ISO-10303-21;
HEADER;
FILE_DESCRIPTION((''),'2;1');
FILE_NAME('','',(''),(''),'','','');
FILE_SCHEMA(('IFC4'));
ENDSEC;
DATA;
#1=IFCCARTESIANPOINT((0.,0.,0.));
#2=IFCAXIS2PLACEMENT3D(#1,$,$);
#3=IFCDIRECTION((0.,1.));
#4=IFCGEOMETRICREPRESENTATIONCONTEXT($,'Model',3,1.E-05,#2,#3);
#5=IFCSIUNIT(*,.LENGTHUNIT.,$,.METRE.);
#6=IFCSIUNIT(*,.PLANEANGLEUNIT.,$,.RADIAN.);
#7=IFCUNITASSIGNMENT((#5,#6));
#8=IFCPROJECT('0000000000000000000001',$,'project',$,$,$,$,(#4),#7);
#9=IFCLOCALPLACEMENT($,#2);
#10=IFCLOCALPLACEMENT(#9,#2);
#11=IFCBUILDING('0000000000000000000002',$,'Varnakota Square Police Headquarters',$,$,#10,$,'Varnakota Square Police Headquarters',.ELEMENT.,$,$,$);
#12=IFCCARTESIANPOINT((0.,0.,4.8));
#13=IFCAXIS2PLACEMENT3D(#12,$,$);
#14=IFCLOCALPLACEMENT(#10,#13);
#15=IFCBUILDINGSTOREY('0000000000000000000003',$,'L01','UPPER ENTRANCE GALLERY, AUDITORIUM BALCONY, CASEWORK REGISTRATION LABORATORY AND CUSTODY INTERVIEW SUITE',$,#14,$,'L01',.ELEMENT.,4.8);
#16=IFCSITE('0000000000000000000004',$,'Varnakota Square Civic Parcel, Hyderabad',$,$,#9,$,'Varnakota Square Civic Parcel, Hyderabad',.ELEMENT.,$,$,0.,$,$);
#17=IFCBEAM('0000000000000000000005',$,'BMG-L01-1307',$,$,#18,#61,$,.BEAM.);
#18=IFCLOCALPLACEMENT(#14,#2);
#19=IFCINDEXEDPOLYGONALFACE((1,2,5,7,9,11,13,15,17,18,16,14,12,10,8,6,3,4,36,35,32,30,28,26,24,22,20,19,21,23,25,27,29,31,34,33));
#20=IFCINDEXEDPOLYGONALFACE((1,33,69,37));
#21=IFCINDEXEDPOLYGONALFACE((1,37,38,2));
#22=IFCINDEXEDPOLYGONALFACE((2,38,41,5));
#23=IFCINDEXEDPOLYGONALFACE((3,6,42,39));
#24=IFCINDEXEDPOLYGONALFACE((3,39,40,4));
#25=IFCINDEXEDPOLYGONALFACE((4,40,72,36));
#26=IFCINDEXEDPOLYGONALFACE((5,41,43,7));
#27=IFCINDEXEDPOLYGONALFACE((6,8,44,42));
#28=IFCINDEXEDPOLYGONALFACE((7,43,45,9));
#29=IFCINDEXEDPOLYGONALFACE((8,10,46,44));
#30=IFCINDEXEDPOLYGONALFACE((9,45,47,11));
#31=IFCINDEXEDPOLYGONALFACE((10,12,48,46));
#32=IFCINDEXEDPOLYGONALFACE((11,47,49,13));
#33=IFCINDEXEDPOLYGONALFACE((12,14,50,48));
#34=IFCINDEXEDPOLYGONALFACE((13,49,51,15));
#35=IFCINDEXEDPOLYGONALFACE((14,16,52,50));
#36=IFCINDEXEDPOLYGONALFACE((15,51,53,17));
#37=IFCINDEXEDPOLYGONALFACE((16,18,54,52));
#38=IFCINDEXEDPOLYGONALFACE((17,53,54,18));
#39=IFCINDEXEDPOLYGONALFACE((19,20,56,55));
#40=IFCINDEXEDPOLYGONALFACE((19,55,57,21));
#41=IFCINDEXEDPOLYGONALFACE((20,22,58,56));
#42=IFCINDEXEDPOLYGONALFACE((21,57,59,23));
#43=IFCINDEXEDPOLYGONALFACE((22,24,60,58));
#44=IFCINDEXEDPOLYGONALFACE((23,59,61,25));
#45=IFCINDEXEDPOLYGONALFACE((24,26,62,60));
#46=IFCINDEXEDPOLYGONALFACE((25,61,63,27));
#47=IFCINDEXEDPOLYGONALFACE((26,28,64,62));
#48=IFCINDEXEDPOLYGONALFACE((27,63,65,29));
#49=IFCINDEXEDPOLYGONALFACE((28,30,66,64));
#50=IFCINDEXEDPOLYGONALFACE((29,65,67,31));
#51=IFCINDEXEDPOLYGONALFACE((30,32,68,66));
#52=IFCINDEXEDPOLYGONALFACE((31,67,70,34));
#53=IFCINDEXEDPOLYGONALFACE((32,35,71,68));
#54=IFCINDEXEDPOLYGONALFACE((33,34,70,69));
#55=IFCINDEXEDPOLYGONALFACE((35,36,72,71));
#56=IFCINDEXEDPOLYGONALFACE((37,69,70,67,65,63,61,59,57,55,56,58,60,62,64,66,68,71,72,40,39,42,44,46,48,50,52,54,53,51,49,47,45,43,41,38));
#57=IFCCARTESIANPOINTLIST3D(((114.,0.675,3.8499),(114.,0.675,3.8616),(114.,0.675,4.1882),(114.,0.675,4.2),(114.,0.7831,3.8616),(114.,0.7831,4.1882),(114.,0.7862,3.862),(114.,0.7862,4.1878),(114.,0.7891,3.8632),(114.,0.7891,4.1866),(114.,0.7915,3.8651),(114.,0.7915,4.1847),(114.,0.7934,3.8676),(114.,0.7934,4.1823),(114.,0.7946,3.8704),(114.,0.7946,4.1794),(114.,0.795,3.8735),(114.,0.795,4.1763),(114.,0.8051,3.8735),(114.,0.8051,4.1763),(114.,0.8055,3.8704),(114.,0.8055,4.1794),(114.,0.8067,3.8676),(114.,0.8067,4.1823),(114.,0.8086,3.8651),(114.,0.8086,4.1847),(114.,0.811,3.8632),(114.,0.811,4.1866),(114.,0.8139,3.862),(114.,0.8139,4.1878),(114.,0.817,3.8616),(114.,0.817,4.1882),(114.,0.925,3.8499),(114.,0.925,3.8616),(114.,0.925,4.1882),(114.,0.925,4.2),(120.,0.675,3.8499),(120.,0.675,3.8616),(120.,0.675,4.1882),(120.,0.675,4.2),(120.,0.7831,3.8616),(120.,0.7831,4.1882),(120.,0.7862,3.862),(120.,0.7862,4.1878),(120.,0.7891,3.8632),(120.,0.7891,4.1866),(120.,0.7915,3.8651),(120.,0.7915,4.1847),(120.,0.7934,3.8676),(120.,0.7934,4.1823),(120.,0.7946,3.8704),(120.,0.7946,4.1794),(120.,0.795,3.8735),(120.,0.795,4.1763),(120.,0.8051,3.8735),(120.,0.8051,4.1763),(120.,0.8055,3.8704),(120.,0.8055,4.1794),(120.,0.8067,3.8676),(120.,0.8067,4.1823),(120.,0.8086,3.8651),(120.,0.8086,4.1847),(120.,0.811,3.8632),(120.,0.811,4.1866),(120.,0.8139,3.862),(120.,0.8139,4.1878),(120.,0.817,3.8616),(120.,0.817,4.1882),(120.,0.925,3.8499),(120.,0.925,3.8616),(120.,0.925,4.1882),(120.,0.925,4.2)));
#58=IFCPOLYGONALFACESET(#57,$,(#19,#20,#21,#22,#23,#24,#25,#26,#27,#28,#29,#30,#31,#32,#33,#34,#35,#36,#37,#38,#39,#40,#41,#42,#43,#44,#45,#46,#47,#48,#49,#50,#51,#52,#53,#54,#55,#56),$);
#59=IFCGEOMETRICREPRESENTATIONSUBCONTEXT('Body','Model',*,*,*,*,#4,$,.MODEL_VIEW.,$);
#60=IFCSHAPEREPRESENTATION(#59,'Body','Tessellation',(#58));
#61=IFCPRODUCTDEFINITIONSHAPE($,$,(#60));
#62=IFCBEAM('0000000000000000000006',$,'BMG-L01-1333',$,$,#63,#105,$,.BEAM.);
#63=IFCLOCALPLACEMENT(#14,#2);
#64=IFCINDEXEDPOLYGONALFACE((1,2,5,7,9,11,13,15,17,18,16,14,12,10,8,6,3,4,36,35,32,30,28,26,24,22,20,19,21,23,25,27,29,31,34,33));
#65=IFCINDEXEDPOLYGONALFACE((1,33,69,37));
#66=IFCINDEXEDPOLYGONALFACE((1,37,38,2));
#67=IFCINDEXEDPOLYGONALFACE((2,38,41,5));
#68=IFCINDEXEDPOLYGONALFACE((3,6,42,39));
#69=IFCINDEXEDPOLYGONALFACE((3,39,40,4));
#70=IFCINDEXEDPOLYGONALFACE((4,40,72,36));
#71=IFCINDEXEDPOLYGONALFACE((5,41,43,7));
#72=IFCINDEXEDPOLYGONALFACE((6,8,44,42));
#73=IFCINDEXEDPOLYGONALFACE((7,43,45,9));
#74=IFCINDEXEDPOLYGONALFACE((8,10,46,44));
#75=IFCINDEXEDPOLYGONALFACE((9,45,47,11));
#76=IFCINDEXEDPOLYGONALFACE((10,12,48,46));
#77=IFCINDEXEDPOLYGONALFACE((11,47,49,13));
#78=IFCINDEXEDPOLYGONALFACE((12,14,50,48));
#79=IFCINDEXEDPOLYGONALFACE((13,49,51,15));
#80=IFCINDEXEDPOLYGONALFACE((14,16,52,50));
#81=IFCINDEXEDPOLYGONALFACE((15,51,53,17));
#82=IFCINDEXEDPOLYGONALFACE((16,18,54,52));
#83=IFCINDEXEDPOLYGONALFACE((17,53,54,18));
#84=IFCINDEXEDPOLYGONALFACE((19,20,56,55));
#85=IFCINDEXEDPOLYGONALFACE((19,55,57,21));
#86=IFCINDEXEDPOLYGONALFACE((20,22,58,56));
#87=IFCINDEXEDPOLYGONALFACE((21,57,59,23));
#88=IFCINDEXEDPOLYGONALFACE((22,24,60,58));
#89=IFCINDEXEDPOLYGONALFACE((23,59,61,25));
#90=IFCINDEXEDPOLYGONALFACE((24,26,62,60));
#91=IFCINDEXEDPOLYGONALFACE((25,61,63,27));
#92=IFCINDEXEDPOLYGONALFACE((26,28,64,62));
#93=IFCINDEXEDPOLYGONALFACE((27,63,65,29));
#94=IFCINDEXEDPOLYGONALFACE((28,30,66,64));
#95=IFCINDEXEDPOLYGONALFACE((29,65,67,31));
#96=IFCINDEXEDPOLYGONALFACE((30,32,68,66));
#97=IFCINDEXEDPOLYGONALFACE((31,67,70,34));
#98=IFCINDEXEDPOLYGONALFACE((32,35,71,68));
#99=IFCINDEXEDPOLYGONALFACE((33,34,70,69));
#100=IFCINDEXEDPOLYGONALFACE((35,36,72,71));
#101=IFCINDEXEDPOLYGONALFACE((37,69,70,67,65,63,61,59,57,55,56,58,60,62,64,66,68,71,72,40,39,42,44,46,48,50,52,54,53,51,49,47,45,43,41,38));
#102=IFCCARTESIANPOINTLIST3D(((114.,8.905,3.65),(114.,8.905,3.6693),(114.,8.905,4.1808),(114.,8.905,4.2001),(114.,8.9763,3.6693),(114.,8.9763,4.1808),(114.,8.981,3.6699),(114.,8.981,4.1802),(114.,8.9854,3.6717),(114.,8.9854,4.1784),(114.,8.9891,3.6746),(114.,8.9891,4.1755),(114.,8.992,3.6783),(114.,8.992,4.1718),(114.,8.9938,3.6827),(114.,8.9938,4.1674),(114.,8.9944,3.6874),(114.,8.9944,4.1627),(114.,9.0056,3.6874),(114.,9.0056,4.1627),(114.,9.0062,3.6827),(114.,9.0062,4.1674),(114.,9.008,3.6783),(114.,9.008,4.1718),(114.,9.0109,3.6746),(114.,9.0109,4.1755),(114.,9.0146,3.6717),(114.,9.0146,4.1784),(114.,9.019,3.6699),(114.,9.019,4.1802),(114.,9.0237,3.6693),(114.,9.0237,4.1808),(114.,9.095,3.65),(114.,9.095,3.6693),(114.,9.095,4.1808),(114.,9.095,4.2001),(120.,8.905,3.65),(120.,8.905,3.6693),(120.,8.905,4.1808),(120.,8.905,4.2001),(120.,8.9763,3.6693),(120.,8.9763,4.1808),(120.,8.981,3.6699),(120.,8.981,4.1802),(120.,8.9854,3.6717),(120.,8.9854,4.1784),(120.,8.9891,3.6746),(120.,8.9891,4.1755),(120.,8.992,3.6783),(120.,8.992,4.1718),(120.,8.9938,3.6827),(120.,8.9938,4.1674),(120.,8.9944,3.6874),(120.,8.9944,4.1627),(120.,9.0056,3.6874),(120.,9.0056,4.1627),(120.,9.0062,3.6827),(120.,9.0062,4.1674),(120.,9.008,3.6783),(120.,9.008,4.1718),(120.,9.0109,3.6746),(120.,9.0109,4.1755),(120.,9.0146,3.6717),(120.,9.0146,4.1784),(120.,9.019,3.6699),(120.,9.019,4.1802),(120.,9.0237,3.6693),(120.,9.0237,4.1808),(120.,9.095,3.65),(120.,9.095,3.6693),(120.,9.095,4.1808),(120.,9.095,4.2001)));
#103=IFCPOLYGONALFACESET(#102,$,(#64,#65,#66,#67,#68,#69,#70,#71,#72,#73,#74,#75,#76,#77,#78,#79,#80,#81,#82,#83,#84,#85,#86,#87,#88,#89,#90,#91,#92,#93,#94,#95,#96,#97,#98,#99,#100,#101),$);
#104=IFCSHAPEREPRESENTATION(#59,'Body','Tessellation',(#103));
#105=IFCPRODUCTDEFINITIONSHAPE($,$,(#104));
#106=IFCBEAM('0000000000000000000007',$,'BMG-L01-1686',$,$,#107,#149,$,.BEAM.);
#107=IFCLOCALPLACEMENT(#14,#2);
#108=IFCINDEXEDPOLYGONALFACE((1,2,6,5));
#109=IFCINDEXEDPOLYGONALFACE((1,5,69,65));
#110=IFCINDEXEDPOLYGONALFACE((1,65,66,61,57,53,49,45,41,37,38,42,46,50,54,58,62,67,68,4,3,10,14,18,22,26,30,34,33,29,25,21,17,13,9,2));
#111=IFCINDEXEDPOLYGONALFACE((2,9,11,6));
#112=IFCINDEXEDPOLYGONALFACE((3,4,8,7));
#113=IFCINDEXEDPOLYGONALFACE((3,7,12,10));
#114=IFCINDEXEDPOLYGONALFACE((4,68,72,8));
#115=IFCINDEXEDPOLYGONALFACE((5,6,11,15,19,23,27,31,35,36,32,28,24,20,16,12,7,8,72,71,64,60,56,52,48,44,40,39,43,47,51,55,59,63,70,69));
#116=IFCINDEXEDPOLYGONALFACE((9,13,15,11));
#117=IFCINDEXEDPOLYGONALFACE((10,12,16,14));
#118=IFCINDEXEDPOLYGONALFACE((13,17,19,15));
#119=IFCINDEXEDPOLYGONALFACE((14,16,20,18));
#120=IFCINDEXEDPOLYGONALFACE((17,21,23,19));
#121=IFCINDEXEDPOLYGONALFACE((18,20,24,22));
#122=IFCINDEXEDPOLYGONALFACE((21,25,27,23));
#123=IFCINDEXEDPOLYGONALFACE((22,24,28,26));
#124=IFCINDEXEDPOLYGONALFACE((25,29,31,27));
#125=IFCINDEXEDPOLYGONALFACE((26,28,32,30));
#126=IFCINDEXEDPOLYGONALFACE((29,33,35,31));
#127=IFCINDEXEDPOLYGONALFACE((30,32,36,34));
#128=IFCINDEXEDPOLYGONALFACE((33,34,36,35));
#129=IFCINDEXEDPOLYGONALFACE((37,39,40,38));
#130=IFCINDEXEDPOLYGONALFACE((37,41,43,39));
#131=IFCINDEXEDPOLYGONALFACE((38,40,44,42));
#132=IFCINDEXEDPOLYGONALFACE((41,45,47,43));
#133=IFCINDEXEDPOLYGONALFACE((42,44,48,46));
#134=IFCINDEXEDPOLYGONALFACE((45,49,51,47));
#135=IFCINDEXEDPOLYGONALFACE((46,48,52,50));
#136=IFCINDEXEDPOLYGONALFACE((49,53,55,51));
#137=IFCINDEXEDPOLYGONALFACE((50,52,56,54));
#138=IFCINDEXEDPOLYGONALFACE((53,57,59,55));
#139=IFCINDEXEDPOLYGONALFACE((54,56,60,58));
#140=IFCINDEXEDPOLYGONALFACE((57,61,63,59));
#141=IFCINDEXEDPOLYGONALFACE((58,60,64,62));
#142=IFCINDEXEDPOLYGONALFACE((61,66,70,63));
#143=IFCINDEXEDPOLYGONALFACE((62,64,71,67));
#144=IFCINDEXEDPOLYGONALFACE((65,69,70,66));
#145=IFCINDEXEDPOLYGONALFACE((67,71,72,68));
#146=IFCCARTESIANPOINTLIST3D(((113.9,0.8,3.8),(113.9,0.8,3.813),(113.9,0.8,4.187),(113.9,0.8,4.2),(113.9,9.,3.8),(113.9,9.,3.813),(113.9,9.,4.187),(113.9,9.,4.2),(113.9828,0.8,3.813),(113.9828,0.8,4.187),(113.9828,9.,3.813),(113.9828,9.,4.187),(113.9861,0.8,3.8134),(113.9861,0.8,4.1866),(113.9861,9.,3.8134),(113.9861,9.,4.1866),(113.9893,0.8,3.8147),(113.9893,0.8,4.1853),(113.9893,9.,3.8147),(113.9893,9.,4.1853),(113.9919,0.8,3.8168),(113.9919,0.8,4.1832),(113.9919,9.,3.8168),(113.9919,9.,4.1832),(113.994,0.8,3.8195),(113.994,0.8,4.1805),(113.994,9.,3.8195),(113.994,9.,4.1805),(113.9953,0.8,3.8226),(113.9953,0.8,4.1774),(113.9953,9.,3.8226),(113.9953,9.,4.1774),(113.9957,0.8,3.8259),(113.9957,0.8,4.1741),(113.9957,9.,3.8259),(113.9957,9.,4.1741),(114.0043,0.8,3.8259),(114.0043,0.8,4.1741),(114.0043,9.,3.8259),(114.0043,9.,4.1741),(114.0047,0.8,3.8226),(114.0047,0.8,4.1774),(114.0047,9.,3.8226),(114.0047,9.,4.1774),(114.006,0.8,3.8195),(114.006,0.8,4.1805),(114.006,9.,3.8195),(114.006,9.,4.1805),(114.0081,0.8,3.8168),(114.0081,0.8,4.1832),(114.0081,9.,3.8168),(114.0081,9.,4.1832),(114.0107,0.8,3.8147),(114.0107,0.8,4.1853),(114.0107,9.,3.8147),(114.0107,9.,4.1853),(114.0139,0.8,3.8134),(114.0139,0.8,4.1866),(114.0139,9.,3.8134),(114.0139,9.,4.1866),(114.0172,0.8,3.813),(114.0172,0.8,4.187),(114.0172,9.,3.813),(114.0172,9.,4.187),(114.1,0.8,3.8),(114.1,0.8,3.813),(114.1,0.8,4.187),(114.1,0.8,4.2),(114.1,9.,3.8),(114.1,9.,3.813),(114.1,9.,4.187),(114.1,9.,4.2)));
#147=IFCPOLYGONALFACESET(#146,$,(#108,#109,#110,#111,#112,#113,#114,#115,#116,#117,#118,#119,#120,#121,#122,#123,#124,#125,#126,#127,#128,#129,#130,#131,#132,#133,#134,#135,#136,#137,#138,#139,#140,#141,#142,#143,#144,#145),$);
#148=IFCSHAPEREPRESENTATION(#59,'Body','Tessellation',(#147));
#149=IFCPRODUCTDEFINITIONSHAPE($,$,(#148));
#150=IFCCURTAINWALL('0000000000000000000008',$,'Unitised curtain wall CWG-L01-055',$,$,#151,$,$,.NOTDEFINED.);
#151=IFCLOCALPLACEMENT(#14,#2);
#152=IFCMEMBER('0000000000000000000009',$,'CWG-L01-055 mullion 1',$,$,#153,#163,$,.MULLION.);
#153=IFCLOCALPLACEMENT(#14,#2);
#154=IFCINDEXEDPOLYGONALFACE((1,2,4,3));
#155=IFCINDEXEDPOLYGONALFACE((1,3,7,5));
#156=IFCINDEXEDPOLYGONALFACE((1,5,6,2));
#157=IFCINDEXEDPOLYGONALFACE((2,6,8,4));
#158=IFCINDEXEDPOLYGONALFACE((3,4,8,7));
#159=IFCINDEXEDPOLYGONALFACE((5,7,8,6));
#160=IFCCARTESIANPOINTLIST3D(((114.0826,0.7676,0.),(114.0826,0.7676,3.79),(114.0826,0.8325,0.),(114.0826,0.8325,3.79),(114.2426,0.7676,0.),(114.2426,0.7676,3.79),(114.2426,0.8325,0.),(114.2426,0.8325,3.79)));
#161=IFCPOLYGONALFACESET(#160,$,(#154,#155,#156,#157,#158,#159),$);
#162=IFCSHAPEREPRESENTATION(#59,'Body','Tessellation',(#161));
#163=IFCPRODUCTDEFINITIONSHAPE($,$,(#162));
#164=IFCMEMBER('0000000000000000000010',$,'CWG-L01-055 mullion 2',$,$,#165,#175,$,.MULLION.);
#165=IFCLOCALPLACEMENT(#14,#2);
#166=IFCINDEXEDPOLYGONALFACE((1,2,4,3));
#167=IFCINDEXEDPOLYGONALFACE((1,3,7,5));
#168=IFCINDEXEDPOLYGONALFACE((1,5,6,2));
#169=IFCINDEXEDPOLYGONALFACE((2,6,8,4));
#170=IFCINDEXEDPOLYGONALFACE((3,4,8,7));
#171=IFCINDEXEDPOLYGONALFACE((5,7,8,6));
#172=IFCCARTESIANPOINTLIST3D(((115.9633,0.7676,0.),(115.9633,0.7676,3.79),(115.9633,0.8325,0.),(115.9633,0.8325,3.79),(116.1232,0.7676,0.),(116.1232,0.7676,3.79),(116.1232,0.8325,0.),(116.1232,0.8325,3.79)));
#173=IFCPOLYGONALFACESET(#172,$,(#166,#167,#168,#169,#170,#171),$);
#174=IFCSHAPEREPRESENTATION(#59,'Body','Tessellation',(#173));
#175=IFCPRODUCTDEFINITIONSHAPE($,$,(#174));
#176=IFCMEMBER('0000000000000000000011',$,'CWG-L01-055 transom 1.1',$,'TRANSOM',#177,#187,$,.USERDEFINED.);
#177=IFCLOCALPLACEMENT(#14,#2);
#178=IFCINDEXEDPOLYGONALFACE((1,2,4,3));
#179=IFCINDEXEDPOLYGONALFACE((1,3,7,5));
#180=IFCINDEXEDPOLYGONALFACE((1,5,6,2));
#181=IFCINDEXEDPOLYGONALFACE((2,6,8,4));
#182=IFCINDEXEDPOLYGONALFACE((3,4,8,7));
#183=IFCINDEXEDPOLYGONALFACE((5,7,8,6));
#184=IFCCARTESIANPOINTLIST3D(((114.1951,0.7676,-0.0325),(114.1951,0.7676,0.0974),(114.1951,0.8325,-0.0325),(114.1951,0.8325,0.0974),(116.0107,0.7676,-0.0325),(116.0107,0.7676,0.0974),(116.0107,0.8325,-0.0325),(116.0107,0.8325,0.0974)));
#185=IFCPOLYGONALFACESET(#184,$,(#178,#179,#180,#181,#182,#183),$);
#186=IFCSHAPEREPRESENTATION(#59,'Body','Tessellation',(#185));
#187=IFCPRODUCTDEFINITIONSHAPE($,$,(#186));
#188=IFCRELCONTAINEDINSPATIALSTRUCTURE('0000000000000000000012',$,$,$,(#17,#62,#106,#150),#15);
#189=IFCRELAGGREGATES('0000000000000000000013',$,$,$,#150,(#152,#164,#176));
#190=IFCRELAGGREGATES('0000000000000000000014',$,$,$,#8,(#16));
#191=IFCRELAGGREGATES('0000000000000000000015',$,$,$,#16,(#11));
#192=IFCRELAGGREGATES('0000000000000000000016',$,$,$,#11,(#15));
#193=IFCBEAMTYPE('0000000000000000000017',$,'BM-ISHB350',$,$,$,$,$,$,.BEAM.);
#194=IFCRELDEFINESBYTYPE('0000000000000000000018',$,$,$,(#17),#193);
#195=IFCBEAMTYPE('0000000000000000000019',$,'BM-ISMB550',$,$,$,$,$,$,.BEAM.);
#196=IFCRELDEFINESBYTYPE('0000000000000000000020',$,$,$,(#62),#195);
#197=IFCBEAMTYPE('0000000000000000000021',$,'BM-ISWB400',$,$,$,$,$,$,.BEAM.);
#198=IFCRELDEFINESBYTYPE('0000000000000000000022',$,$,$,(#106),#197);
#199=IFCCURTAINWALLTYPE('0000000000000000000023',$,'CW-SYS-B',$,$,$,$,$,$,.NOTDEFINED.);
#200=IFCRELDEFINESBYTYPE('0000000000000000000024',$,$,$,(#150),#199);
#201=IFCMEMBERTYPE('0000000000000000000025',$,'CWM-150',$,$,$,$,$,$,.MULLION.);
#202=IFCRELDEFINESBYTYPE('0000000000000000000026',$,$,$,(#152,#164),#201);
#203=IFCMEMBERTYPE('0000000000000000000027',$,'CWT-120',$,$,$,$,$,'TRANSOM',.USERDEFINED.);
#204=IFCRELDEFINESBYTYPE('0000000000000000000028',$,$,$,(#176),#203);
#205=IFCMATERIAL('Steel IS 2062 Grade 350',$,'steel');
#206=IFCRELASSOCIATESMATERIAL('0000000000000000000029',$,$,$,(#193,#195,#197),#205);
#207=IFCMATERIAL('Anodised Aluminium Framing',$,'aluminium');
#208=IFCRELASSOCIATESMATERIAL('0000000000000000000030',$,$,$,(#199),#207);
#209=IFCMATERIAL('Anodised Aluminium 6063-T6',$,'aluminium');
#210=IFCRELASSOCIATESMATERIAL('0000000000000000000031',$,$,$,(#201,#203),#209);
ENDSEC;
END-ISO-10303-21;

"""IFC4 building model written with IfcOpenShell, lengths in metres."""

from ifc_helpers import new_model, si_unit, direction, frame, origin, origin_2d, place, context, subcontext, project, spatial, rectangle, i_section, extrude, material, material_profile, profile_set, type_object, element, aggregate, save


model = new_model("IFC4")

# Units and contexts
model_context = context("Model", 3, precision=1e-05, world=origin(), true_north=direction((0.0, 1.0)))
body_context = subcontext(model_context, "Body", "Model", "MODEL_VIEW")
ifc_project = project(units=[si_unit("LENGTHUNIT", "METRE"), si_unit("PLANEANGLEUNIT", "RADIAN")], contexts=[model_context])

# Site, building, storey
site_placement = place(None, origin())
site = spatial("IfcSite", under=ifc_project, at=site_placement, Name="Varnakota Square Civic Parcel, Hyderabad", LongName="Varnakota Square Civic Parcel, Hyderabad", CompositionType="ELEMENT", RefElevation=0.0)
building_placement = place(site_placement, origin())
building = spatial("IfcBuilding", under=site, at=building_placement, Name="Varnakota Square Police Headquarters", LongName="Varnakota Square Police Headquarters", CompositionType="ELEMENT")
storey_placement = place(building_placement, frame((0.0, 0.0, 4.8)))
storey = spatial("IfcBuildingStorey", under=building, at=storey_placement, Name="L01", Description="UPPER ENTRANCE GALLERY, AUDITORIUM BALCONY, CASEWORK REGISTRATION LABORATORY AND CUSTODY INTERVIEW SUITE", LongName="L01", CompositionType="ELEMENT", Elevation=4.8)

# Shared definitions
ifc_material_1 = material(Name="Steel IS 2062 Grade 350", Category="steel")

# Beams
ifc_material_profile_1 = material_profile(ifc_material_1, i_section(OverallWidth=0.25, OverallDepth=0.3501, WebThickness=0.01, FlangeThickness=0.0117, FilletRadius=0.012, at=origin_2d()), Name="ISHB 350")
ifc_profile_set_1 = profile_set([ifc_material_profile_1], Name="Steel IS 2062 Grade 350")
beam_type_1 = type_object("IfcBeamType", Name="BM-ISHB350", PredefinedType="BEAM", material=ifc_profile_set_1)
beam_1_placement = place(storey_placement, frame((114.0, 0.8, 4.0249), z_axis=(1.0, 0.0, 0.0), x_axis=(0.0, 1.0, 0.0)))
element("IfcBeam", 1, at=beam_1_placement, inside=storey, type_object=beam_type_1, Name="BMG-L01-1307", PredefinedType="BEAM", context=body_context, shape_type="SweptSolid", body=[
    extrude(i_section(OverallWidth=0.25, OverallDepth=0.3501, WebThickness=0.01, FlangeThickness=0.0117, FilletRadius=0.012, at=origin_2d()), origin(), (0.0, 0.0, 1.0), 6.0),
])
ifc_material_profile_2 = material_profile(ifc_material_1, i_section(OverallWidth=0.1899, OverallDepth=0.55, WebThickness=0.0112, FlangeThickness=0.0193, FilletRadius=0.0181, at=origin_2d()), Name="ISMB 550")
ifc_profile_set_2 = profile_set([ifc_material_profile_2], Name="Steel IS 2062 Grade 350")
beam_type_2 = type_object("IfcBeamType", Name="BM-ISMB550", PredefinedType="BEAM", material=ifc_profile_set_2)
beam_2_placement = place(storey_placement, frame((114.0, 9.0, 3.925), z_axis=(1.0, 0.0, 0.0), x_axis=(0.0, 1.0, 0.0)))
element("IfcBeam", 2, at=beam_2_placement, inside=storey, type_object=beam_type_2, Name="BMG-L01-1333", PredefinedType="BEAM", context=body_context, shape_type="SweptSolid", body=[
    extrude(i_section(OverallWidth=0.1899, OverallDepth=0.55, WebThickness=0.0112, FlangeThickness=0.0193, FilletRadius=0.0181, at=origin_2d()), origin(), (0.0, 0.0, 1.0), 6.0),
])
ifc_material_profile_3 = material_profile(ifc_material_1, i_section(OverallWidth=0.2, OverallDepth=0.3999, WebThickness=0.0085, FlangeThickness=0.0129, FilletRadius=0.0129, at=origin_2d()), Name="ISWB 400")
ifc_profile_set_3 = profile_set([ifc_material_profile_3], Name="Steel IS 2062 Grade 350")
beam_type_3 = type_object("IfcBeamType", Name="BM-ISWB400", PredefinedType="BEAM", material=ifc_profile_set_3)
beam_3_placement = place(storey_placement, frame((114.0, 0.8, 4.0), z_axis=(0.0, 1.0, 0.0), x_axis=(-1.0, 0.0, 0.0)))
element("IfcBeam", 3, at=beam_3_placement, inside=storey, type_object=beam_type_3, Name="BMG-L01-1686", PredefinedType="BEAM", context=body_context, shape_type="SweptSolid", body=[
    extrude(i_section(OverallWidth=0.2, OverallDepth=0.3999, WebThickness=0.0085, FlangeThickness=0.0129, FilletRadius=0.0129, at=origin_2d()), origin(), (0.0, 0.0, 1.0), 8.2),
])

# Curtain wall, members
ifc_material_2 = material(Name="Anodised Aluminium Framing", Category="aluminium")
curtain_wall_type = type_object("IfcCurtainWallType", Name="CW-SYS-B", PredefinedType="NOTDEFINED", material=ifc_material_2)
curtain_wall_placement = place(storey_placement, origin())
curtain_wall = element("IfcCurtainWall", 4, at=curtain_wall_placement, inside=storey, type_object=curtain_wall_type, Name="Unitised curtain wall CWG-L01-055", PredefinedType="NOTDEFINED")
ifc_material_3 = material(Name="Anodised Aluminium 6063-T6", Category="aluminium")
ifc_material_profile_4 = material_profile(ifc_material_3, rectangle(XDim=0.0649, YDim=0.1599, at=origin_2d()), Name="ALU MULLION 65x160")
ifc_profile_set_4 = profile_set([ifc_material_profile_4], Name="Anodised Aluminium 6063-T6")
member_type_1 = type_object("IfcMemberType", Name="CWM-150", PredefinedType="MULLION", material=ifc_profile_set_4)
member_1_placement = place(storey_placement, frame((114.1626, 0.8, 0.0), z_axis=(0.0, 0.0, 1.0), x_axis=(0.0, 1.0, 0.0)))
member_1 = element("IfcMember", 5, at=member_1_placement, type_object=member_type_1, Name="CWG-L01-055 mullion 1", PredefinedType="MULLION", context=body_context, shape_type="SweptSolid", body=[
    extrude(rectangle(XDim=0.0649, YDim=0.1599, at=origin_2d()), origin(), (0.0, 0.0, 1.0), 3.79),
])
member_2_placement = place(storey_placement, frame((116.0432, 0.8, 0.0), z_axis=(0.0, 0.0, 1.0), x_axis=(0.0, 1.0, 0.0)))
member_2 = element("IfcMember", 6, at=member_2_placement, type_object=member_type_1, Name="CWG-L01-055 mullion 2", PredefinedType="MULLION", context=body_context, shape_type="SweptSolid", body=[
    extrude(rectangle(XDim=0.0649, YDim=0.1599, at=origin_2d()), origin(), (0.0, 0.0, 1.0), 3.79),
])
ifc_material_profile_5 = material_profile(ifc_material_3, rectangle(XDim=0.0649, YDim=0.1299, at=origin_2d()), Name="ALU TRANSOM 65x130")
ifc_profile_set_5 = profile_set([ifc_material_profile_5], Name="Anodised Aluminium 6063-T6")
member_type_2 = type_object("IfcMemberType", Name="CWT-120", ElementType="TRANSOM", PredefinedType="USERDEFINED", material=ifc_profile_set_5)
member_3_placement = place(storey_placement, frame((114.1951, 0.8, 0.0325), z_axis=(1.0, 0.0, 0.0), x_axis=(0.0, 1.0, 0.0)))
member_3 = element("IfcMember", 7, at=member_3_placement, type_object=member_type_2, Name="CWG-L01-055 transom 1.1", ObjectType="TRANSOM", PredefinedType="USERDEFINED", context=body_context, shape_type="SweptSolid", body=[
    extrude(rectangle(XDim=0.0649, YDim=0.1299, at=origin_2d()), origin(), (0.0, 0.0, 1.0), 1.8157),
])
aggregate(curtain_wall, [member_1, member_2, member_3])

save(model, "model.ifc")
